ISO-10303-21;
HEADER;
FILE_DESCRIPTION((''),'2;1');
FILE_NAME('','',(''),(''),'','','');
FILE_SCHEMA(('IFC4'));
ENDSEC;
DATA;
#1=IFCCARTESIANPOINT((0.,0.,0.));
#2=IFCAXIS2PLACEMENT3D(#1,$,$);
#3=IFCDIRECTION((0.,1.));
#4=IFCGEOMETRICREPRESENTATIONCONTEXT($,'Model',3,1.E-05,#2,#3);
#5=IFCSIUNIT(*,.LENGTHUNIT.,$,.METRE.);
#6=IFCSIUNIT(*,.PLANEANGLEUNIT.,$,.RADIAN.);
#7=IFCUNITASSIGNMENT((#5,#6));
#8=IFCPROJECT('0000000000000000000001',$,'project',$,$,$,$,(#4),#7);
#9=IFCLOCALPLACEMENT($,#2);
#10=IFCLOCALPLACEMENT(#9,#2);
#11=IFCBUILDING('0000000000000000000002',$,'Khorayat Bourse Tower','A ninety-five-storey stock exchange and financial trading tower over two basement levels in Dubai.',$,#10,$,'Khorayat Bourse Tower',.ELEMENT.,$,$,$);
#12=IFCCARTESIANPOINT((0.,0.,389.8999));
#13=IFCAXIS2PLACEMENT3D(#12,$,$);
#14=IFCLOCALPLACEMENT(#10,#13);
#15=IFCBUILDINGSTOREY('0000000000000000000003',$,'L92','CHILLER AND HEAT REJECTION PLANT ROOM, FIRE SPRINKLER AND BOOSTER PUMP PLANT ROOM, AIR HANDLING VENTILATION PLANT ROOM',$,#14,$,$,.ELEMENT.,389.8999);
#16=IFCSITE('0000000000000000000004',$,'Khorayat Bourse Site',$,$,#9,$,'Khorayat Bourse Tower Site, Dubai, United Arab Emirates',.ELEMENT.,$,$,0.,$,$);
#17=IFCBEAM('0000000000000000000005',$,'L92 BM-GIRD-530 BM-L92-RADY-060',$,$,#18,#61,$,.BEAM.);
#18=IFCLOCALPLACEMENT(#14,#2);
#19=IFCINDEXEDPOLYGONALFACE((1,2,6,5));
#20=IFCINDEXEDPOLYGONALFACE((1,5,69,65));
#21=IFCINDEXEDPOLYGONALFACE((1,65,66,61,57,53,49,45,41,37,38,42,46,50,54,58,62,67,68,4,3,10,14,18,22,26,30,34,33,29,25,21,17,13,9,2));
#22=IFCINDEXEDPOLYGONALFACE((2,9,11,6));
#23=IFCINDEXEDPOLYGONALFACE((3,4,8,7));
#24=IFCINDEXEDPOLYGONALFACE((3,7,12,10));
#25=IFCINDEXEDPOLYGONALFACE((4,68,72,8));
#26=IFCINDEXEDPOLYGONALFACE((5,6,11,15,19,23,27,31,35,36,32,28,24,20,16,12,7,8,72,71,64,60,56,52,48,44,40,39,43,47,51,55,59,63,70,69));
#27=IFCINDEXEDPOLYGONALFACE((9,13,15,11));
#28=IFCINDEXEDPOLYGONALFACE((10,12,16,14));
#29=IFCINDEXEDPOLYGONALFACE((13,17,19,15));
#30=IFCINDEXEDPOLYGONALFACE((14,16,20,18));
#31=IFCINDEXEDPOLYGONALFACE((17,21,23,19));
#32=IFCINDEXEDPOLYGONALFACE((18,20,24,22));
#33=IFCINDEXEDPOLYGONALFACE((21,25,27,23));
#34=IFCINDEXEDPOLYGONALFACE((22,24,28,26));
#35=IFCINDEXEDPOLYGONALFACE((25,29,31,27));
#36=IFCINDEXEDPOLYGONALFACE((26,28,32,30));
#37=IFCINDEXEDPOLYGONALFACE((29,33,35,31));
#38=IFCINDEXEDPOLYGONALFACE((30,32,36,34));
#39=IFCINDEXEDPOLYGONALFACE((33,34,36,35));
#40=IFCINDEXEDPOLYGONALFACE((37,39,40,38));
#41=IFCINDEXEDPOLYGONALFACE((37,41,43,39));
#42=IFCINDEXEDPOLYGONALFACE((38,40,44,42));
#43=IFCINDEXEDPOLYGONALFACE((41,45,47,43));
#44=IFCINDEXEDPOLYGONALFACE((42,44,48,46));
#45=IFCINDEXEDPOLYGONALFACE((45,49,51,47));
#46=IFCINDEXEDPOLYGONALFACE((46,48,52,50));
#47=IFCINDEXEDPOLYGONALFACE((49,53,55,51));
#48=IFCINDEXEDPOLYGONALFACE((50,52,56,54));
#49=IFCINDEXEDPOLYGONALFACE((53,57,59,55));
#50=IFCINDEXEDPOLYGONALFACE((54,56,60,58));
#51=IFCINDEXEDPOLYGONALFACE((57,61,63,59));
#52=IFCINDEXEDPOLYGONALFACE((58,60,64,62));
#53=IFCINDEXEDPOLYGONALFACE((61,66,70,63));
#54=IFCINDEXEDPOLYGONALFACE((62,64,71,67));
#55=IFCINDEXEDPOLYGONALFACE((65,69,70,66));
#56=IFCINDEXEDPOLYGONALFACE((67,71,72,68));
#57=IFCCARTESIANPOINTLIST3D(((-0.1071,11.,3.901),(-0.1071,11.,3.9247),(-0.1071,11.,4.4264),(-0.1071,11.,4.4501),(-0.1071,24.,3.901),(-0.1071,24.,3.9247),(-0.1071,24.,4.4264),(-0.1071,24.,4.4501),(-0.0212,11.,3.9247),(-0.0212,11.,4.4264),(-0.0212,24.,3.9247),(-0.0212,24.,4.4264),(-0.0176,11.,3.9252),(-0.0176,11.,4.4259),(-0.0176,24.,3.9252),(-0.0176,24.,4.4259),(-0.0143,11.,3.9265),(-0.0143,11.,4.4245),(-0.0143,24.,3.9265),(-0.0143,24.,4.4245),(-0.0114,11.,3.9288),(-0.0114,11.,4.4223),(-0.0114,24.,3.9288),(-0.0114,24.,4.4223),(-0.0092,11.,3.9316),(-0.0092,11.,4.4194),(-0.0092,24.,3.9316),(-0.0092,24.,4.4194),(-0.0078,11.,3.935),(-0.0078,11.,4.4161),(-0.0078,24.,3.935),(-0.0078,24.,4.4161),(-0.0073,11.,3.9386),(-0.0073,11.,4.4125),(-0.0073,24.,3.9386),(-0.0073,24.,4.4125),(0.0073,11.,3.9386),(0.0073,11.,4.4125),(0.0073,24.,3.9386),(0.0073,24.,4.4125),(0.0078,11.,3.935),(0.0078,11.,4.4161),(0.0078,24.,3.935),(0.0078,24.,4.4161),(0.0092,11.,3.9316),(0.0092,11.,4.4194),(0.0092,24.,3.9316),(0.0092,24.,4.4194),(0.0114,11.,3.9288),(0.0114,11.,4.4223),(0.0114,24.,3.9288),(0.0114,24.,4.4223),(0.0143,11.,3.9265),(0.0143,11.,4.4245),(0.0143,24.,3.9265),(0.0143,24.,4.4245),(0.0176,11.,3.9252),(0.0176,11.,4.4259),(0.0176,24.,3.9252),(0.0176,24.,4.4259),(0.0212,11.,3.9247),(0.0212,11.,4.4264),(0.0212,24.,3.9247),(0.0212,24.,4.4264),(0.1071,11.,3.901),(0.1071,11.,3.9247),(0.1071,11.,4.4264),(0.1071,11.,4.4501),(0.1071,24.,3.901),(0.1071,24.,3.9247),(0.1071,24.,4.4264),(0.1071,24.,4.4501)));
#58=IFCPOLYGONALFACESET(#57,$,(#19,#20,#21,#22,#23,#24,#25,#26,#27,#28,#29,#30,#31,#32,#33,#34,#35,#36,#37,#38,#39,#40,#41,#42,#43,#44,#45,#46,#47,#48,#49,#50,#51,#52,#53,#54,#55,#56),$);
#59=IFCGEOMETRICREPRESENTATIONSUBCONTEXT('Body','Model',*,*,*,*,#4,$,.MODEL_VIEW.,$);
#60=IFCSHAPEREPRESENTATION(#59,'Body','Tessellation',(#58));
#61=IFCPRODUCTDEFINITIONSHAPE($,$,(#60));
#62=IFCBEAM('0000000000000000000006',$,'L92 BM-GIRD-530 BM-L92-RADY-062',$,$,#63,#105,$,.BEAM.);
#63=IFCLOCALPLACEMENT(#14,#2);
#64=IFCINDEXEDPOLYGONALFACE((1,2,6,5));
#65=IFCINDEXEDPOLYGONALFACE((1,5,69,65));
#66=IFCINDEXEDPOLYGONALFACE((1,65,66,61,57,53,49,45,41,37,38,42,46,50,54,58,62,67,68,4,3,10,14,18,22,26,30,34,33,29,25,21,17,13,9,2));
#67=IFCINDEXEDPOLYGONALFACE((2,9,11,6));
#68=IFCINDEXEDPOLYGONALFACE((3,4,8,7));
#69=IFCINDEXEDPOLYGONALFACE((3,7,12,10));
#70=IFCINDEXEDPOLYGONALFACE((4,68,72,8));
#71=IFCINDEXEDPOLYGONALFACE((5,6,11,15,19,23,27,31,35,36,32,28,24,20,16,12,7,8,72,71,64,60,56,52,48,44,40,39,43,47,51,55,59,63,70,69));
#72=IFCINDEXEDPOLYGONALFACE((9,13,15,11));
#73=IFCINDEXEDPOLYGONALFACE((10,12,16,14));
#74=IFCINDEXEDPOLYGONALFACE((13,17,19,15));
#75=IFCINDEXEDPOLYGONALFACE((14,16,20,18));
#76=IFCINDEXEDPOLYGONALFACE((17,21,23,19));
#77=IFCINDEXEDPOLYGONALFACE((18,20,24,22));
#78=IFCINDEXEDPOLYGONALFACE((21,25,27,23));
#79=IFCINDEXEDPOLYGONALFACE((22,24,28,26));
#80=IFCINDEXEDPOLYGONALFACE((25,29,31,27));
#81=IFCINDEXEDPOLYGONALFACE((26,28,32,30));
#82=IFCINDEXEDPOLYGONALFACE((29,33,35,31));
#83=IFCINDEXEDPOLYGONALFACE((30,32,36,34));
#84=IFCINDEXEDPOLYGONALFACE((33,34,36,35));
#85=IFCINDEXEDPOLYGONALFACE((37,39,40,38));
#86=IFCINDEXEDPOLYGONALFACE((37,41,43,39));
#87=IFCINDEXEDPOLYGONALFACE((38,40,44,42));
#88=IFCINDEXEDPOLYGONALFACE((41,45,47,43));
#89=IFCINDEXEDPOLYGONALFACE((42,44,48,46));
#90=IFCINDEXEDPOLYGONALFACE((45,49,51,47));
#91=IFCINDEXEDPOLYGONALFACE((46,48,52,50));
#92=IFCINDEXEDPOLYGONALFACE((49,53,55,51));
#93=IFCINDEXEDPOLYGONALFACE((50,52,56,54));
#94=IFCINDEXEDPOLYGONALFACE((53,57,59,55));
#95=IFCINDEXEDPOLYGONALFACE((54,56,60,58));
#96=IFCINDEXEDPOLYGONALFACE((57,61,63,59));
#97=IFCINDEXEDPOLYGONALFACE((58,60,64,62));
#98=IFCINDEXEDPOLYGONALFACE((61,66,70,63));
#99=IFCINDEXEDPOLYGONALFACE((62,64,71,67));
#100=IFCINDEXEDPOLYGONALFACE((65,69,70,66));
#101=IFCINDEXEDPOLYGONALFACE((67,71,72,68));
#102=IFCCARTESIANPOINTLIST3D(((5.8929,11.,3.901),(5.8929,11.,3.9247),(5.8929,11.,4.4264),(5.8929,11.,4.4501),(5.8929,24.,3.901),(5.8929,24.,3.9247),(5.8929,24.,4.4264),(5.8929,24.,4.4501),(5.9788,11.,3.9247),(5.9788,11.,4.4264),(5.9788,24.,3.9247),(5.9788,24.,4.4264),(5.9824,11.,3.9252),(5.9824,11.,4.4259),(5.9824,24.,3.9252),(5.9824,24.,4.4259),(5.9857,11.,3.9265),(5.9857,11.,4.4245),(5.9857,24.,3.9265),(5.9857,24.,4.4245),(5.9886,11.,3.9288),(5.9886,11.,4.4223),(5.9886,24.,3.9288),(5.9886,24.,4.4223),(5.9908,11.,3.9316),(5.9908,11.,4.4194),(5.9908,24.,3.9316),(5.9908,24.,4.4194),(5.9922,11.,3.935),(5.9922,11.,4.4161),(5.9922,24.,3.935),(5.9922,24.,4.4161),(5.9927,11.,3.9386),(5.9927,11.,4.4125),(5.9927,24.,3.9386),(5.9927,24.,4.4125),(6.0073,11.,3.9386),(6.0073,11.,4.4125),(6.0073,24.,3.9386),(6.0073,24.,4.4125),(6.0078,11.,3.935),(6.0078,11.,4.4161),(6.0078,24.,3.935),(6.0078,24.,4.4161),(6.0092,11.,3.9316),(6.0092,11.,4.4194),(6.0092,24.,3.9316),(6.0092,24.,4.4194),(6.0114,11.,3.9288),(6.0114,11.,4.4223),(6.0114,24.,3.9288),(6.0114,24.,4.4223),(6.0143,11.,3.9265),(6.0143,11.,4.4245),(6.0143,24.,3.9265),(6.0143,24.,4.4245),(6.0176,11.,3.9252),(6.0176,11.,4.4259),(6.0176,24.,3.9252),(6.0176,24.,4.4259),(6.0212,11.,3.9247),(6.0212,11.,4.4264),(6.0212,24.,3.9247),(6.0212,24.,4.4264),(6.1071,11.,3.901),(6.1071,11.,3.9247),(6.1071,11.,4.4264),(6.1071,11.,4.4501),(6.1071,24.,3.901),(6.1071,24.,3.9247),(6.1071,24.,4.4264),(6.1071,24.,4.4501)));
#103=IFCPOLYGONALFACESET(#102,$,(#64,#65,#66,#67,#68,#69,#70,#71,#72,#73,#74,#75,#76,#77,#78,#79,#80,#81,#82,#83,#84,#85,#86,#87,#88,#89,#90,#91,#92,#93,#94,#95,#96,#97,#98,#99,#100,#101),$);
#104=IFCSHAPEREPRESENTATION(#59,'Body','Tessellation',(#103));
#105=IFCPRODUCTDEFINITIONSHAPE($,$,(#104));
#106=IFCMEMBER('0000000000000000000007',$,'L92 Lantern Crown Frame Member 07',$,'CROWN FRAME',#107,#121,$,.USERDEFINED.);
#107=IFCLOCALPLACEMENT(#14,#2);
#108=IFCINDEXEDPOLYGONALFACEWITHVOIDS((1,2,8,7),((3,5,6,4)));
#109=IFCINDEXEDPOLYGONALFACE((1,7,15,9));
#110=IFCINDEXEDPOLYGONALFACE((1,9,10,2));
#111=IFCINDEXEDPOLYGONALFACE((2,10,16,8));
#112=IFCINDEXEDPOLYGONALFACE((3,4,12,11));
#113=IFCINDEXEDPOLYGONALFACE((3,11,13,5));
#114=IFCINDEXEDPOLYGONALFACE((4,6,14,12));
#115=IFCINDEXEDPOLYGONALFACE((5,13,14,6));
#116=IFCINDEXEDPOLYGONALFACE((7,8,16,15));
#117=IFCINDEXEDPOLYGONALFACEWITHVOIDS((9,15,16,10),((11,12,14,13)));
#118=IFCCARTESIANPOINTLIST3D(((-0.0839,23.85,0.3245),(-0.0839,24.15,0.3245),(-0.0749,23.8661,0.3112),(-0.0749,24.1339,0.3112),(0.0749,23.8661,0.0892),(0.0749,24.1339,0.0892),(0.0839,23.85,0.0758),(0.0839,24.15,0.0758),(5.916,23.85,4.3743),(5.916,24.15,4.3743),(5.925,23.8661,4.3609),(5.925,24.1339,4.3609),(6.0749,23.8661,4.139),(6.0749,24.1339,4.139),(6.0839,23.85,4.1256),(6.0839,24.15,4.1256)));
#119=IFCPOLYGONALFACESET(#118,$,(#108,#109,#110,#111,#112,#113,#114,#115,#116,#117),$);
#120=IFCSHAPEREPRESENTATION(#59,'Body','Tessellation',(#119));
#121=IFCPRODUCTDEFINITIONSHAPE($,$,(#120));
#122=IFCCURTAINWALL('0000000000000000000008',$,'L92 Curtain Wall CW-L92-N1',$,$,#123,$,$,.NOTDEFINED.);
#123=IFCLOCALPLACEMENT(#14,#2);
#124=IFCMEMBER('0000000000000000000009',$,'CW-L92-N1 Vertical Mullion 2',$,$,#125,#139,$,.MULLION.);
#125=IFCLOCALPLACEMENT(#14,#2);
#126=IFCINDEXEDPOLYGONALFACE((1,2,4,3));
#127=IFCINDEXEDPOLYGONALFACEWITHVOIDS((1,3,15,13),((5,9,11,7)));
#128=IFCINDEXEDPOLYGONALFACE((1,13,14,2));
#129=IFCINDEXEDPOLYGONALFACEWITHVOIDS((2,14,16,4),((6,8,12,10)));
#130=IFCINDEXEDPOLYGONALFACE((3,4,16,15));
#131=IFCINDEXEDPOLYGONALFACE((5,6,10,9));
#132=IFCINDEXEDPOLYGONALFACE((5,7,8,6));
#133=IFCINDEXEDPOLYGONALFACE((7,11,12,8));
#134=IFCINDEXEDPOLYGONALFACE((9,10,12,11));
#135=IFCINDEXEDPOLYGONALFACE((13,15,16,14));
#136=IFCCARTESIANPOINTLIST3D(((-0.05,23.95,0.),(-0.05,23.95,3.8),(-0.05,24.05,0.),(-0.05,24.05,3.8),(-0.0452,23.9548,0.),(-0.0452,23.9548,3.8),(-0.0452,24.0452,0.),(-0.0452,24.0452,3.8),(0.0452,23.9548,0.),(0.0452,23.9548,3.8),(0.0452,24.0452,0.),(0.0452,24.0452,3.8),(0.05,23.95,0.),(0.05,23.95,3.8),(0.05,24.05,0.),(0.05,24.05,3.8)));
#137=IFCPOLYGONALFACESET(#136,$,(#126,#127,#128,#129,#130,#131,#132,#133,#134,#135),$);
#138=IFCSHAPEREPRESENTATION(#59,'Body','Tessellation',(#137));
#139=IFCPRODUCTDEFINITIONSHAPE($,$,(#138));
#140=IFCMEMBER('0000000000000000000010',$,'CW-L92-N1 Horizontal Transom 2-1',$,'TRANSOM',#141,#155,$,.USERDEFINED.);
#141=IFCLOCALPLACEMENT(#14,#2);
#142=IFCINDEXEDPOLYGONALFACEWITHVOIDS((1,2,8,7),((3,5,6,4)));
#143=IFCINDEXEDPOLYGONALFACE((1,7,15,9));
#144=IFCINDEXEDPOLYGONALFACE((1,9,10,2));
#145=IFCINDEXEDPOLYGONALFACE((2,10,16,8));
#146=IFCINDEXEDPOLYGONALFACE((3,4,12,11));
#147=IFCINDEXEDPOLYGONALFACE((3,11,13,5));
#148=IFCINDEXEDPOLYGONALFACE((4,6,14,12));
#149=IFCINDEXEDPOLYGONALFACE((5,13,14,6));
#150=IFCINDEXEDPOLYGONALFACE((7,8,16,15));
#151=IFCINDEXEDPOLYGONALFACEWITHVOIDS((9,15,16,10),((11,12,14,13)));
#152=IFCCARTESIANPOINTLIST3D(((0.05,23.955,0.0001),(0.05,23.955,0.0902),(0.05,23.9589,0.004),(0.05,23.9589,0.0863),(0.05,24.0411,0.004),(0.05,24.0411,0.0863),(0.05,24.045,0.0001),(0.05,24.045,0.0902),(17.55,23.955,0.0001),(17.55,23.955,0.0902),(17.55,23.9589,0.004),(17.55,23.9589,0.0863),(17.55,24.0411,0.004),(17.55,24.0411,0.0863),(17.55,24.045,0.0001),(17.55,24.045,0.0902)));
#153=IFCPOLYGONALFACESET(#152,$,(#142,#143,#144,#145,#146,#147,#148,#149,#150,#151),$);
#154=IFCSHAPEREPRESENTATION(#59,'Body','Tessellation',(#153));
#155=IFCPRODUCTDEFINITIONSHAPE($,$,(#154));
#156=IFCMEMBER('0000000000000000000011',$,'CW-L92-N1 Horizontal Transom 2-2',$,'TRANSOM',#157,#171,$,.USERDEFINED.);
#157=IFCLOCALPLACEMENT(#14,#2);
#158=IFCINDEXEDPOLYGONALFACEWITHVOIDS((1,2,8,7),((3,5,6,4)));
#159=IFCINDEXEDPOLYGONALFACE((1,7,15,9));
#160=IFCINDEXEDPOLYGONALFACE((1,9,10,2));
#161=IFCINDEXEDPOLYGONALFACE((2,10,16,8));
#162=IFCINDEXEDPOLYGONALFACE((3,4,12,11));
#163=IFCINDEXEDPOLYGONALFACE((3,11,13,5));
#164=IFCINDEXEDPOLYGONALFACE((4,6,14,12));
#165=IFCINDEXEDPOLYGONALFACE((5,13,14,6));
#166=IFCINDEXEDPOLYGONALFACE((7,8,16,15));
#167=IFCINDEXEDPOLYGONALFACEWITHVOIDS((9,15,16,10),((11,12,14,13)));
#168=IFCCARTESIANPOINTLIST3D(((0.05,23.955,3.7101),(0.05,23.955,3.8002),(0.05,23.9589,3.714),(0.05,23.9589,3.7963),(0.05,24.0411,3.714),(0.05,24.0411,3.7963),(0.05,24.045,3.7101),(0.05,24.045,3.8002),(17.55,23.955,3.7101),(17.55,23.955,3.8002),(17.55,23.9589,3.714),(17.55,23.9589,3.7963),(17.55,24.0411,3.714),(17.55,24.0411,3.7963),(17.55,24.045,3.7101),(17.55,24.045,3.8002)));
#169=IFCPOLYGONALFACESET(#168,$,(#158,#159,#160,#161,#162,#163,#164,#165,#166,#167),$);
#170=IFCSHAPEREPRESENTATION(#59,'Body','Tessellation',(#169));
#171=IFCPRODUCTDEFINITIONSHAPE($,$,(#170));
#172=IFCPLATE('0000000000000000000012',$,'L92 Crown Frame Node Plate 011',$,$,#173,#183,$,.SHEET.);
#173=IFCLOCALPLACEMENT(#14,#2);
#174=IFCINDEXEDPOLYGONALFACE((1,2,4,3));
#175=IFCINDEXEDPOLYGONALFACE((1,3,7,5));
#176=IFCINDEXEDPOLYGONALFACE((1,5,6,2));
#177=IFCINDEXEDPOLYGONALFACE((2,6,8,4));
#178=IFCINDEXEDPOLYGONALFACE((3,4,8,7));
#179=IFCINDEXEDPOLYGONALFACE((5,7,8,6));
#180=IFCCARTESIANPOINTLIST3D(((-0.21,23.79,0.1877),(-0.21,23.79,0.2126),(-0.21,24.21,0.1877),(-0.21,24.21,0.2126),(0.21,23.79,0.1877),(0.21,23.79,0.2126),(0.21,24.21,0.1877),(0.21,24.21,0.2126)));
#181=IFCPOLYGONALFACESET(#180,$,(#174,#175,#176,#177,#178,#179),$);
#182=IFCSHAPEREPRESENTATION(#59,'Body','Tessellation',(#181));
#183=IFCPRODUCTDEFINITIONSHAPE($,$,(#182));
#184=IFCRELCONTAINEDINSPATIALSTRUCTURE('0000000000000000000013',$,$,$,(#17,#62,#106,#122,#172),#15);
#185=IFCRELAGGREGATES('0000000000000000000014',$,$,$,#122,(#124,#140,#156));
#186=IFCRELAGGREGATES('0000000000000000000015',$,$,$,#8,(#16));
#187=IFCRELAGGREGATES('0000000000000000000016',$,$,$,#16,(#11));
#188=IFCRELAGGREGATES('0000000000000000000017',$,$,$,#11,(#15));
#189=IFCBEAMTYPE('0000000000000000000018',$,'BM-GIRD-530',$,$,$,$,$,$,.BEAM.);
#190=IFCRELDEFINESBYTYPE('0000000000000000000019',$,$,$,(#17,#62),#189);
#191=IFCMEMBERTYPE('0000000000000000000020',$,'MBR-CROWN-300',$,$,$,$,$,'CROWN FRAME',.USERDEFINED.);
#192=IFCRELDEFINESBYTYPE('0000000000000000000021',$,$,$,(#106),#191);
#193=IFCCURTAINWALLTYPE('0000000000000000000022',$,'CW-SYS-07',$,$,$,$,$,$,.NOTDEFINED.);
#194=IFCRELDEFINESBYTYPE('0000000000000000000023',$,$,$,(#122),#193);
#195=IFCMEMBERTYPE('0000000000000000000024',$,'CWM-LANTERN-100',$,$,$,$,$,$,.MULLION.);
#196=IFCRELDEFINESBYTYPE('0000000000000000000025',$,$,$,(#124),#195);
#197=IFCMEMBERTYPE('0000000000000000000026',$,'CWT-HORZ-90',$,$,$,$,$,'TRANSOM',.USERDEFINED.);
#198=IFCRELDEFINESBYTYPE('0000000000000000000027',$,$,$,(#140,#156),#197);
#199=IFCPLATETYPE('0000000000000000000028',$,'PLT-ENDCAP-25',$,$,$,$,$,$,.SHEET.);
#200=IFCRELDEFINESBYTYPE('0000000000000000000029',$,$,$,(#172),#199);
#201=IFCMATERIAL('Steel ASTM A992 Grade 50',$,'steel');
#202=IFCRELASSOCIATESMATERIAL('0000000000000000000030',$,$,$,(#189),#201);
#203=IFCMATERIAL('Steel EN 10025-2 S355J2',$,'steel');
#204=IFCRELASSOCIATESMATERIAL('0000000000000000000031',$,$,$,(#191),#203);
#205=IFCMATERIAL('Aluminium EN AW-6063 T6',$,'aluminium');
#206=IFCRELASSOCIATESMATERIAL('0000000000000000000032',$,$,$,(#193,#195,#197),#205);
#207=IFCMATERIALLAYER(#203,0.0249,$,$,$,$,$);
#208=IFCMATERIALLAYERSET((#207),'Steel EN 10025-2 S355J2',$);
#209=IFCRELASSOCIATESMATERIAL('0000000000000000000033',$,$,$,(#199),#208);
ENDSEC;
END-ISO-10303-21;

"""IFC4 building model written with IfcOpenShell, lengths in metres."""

from ifc_helpers import new_model, si_unit, direction, frame, origin, origin_2d, place, context, subcontext, project, spatial, rectangle, hollow_rectangle, i_section, extrude, source, transform, mapped, material, layer, layer_set, material_profile, profile_set, type_object, element, aggregate, save


model = new_model("IFC4")

# Units and contexts
model_context = context("Model", 3, precision=1e-05, world=origin(), true_north=direction((0.0, 1.0)))
body_context = subcontext(model_context, "Body", "Model", "MODEL_VIEW")
ifc_project = project(units=[si_unit("LENGTHUNIT", "METRE"), si_unit("PLANEANGLEUNIT", "RADIAN")], contexts=[model_context])

# Site, building, storey
site_placement = place(None, origin())
site = spatial("IfcSite", under=ifc_project, at=site_placement, Name="Khorayat Bourse Site", LongName="Khorayat Bourse Tower Site, Dubai, United Arab Emirates", CompositionType="ELEMENT", RefElevation=0.0)
building_placement = place(site_placement, origin())
building = spatial("IfcBuilding", under=site, at=building_placement, Name="Khorayat Bourse Tower", Description="A ninety-five-storey stock exchange and financial trading tower over two basement levels in Dubai.", LongName="Khorayat Bourse Tower", CompositionType="ELEMENT")
storey_placement = place(building_placement, frame((0.0, 0.0, 389.8999)))
storey = spatial("IfcBuildingStorey", under=building, at=storey_placement, Name="L92", Description="CHILLER AND HEAT REJECTION PLANT ROOM, FIRE SPRINKLER AND BOOSTER PUMP PLANT ROOM, AIR HANDLING VENTILATION PLANT ROOM", CompositionType="ELEMENT", Elevation=389.8999)

# Shared definitions
ifc_material_1 = material(Name="Steel EN 10025-2 S355J2", Category="steel")

# Beams
ifc_material_2 = material(Name="Steel ASTM A992 Grade 50", Category="steel")
ifc_material_profile_1 = material_profile(ifc_material_2, i_section(OverallWidth=0.2141, OverallDepth=0.5491, WebThickness=0.0146, FlangeThickness=0.0237, FilletRadius=0.0139, at=origin_2d()), Name="W530X138")
ifc_profile_set_1 = profile_set([ifc_material_profile_1], Name="Steel ASTM A992 Grade 50")
beam_type_1 = type_object("IfcBeamType", Name="BM-GIRD-530", PredefinedType="BEAM", material=ifc_profile_set_1)
shared_shape_1 = source(origin(), body_context, "Body", "SweptSolid", [
    extrude(i_section(OverallWidth=0.2141, OverallDepth=0.5491, WebThickness=0.0146, FlangeThickness=0.0237, FilletRadius=0.0139, at=origin_2d()), origin(), (0.0, 0.0, 1.0), 13.0),
])
for number, where, z_axis, x_axis, name in (
    (1, (0.0, 11.0, 4.1755), (0.0, 1.0, 0.0), (-1.0, 0.0, 0.0), "L92 BM-GIRD-530 BM-L92-RADY-060"),
    (2, (6.0, 11.0, 4.1755), (0.0, 1.0, 0.0), (-1.0, 0.0, 0.0), "L92 BM-GIRD-530 BM-L92-RADY-062"),
):
    element("IfcBeam", number, at=place(storey_placement, frame(where, z_axis=z_axis, x_axis=x_axis)), inside=storey, type_object=beam_type_1, Name=name, PredefinedType="BEAM", context=body_context, shape_type="MappedRepresentation", body=[
        mapped(shared_shape_1, transform((0.0, 0.0, 0.0), scale=1.0)),
    ])

# Member
ifc_material_profile_2 = material_profile(ifc_material_1, hollow_rectangle(XDim=0.3, YDim=0.3, WallThickness=0.0161, at=origin_2d()), Name="HSS 300x300x16")
ifc_profile_set_2 = profile_set([ifc_material_profile_2], Name="Steel EN 10025-2 S355J2")
member_type_1 = type_object("IfcMemberType", Name="MBR-CROWN-300", ElementType="CROWN FRAME", PredefinedType="USERDEFINED", material=ifc_profile_set_2)
shared_shape_2 = source(origin(), body_context, "Body", "SweptSolid", [
    extrude(hollow_rectangle(XDim=0.3, YDim=0.3, WallThickness=0.0161, at=origin_2d()), origin(), (0.0, 0.0, 1.0), 7.2388),
])
member_1_placement = place(storey_placement, frame((0.0, 24.0, 0.2002), z_axis=(0.828861, 0.0, 0.559454), x_axis=(0.0, 1.0, 0.0)))
element("IfcMember", 3, at=member_1_placement, inside=storey, type_object=member_type_1, Name="L92 Lantern Crown Frame Member 07", ObjectType="CROWN FRAME", PredefinedType="USERDEFINED", context=body_context, shape_type="MappedRepresentation", body=[
    mapped(shared_shape_2, transform((0.0, 0.0, 0.0), scale=1.0)),
])

# Curtain wall, members
ifc_material_3 = material(Name="Aluminium EN AW-6063 T6", Category="aluminium")
curtain_wall_type = type_object("IfcCurtainWallType", Name="CW-SYS-07", PredefinedType="NOTDEFINED", material=ifc_material_3)
curtain_wall_placement = place(storey_placement, origin())
curtain_wall = element("IfcCurtainWall", 4, at=curtain_wall_placement, inside=storey, type_object=curtain_wall_type, Name="L92 Curtain Wall CW-L92-N1", PredefinedType="NOTDEFINED")
ifc_material_profile_3 = material_profile(ifc_material_3, hollow_rectangle(XDim=0.1001, YDim=0.1001, WallThickness=0.0049, at=origin_2d()), Name="ALU 100x100x5")
ifc_profile_set_3 = profile_set([ifc_material_profile_3], Name="Aluminium EN AW-6063 T6")
member_type_2 = type_object("IfcMemberType", Name="CWM-LANTERN-100", PredefinedType="MULLION", material=ifc_profile_set_3)
shared_shape_3 = source(origin(), body_context, "Body", "SweptSolid", [
    extrude(hollow_rectangle(XDim=0.1001, YDim=0.1001, WallThickness=0.0049, at=origin_2d()), origin(), (0.0, 0.0, 1.0), 3.8),
])
member_2_placement = place(storey_placement, frame((0.0, 24.0, 0.0), z_axis=(0.0, 0.0, 1.0), x_axis=(0.0, 1.0, 0.0)))
member_2 = element("IfcMember", 5, at=member_2_placement, type_object=member_type_2, Name="CW-L92-N1 Vertical Mullion 2", PredefinedType="MULLION", context=body_context, shape_type="MappedRepresentation", body=[
    mapped(shared_shape_3, transform((0.0, 0.0, 0.0), scale=1.0)),
])
ifc_material_profile_4 = material_profile(ifc_material_3, hollow_rectangle(XDim=0.0901, YDim=0.0901, WallThickness=0.0039, at=origin_2d()), Name="ALU 90x90x4")
ifc_profile_set_4 = profile_set([ifc_material_profile_4], Name="Aluminium EN AW-6063 T6")
member_type_3 = type_object("IfcMemberType", Name="CWT-HORZ-90", ElementType="TRANSOM", PredefinedType="USERDEFINED", material=ifc_profile_set_4)
shared_shape_4 = source(origin(), body_context, "Body", "SweptSolid", [
    extrude(hollow_rectangle(XDim=0.0901, YDim=0.0901, WallThickness=0.0039, at=origin_2d()), origin(), (0.0, 0.0, 1.0), 17.5),
])
member_3_placement = place(storey_placement, frame((0.05, 24.0, 0.0452), z_axis=(1.0, 0.0, 0.0), x_axis=(0.0, 1.0, 0.0)))
member_3 = element("IfcMember", 6, at=member_3_placement, type_object=member_type_3, Name="CW-L92-N1 Horizontal Transom 2-1", ObjectType="TRANSOM", PredefinedType="USERDEFINED", context=body_context, shape_type="MappedRepresentation", body=[
    mapped(shared_shape_4, transform((0.0, 0.0, 0.0), scale=1.0)),
])
member_4_placement = place(storey_placement, frame((0.05, 24.0, 3.7551), z_axis=(1.0, 0.0, 0.0), x_axis=(0.0, 1.0, 0.0)))
member_4 = element("IfcMember", 7, at=member_4_placement, type_object=member_type_3, Name="CW-L92-N1 Horizontal Transom 2-2", ObjectType="TRANSOM", PredefinedType="USERDEFINED", context=body_context, shape_type="MappedRepresentation", body=[
    mapped(shared_shape_4, transform((0.0, 0.0, 0.0), scale=1.0)),
])

# Plate
ifc_layer_1 = layer(ifc_material_1, 0.0249)
ifc_layer_set_1 = layer_set([ifc_layer_1], Name="Steel EN 10025-2 S355J2")
plate_type_1 = type_object("IfcPlateType", Name="PLT-ENDCAP-25", PredefinedType="SHEET", material=ifc_layer_set_1)
shared_shape_5 = source(origin(), body_context, "Body", "SweptSolid", [
    extrude(rectangle(XDim=0.4199, YDim=0.4199, at=origin_2d()), origin(), (0.0, 0.0, 1.0), 0.0249),
])
for number, where, z_axis, x_axis, name in (
    (8, (0.0, 24.0, 0.1877), (0.0, 0.0, 1.0), (1.0, 0.0, 0.0), "L92 Crown Frame Node Plate 011"),
):
    element("IfcPlate", number, at=place(storey_placement, frame(where, z_axis=z_axis, x_axis=x_axis)), inside=storey, type_object=plate_type_1, Name=name, PredefinedType="SHEET", context=body_context, shape_type="MappedRepresentation", body=[
        mapped(shared_shape_5, transform((0.0, 0.0, 0.0), scale=1.0)),
    ])

aggregate(curtain_wall, [member_2, member_3, member_4])

save(model, "model.ifc")
